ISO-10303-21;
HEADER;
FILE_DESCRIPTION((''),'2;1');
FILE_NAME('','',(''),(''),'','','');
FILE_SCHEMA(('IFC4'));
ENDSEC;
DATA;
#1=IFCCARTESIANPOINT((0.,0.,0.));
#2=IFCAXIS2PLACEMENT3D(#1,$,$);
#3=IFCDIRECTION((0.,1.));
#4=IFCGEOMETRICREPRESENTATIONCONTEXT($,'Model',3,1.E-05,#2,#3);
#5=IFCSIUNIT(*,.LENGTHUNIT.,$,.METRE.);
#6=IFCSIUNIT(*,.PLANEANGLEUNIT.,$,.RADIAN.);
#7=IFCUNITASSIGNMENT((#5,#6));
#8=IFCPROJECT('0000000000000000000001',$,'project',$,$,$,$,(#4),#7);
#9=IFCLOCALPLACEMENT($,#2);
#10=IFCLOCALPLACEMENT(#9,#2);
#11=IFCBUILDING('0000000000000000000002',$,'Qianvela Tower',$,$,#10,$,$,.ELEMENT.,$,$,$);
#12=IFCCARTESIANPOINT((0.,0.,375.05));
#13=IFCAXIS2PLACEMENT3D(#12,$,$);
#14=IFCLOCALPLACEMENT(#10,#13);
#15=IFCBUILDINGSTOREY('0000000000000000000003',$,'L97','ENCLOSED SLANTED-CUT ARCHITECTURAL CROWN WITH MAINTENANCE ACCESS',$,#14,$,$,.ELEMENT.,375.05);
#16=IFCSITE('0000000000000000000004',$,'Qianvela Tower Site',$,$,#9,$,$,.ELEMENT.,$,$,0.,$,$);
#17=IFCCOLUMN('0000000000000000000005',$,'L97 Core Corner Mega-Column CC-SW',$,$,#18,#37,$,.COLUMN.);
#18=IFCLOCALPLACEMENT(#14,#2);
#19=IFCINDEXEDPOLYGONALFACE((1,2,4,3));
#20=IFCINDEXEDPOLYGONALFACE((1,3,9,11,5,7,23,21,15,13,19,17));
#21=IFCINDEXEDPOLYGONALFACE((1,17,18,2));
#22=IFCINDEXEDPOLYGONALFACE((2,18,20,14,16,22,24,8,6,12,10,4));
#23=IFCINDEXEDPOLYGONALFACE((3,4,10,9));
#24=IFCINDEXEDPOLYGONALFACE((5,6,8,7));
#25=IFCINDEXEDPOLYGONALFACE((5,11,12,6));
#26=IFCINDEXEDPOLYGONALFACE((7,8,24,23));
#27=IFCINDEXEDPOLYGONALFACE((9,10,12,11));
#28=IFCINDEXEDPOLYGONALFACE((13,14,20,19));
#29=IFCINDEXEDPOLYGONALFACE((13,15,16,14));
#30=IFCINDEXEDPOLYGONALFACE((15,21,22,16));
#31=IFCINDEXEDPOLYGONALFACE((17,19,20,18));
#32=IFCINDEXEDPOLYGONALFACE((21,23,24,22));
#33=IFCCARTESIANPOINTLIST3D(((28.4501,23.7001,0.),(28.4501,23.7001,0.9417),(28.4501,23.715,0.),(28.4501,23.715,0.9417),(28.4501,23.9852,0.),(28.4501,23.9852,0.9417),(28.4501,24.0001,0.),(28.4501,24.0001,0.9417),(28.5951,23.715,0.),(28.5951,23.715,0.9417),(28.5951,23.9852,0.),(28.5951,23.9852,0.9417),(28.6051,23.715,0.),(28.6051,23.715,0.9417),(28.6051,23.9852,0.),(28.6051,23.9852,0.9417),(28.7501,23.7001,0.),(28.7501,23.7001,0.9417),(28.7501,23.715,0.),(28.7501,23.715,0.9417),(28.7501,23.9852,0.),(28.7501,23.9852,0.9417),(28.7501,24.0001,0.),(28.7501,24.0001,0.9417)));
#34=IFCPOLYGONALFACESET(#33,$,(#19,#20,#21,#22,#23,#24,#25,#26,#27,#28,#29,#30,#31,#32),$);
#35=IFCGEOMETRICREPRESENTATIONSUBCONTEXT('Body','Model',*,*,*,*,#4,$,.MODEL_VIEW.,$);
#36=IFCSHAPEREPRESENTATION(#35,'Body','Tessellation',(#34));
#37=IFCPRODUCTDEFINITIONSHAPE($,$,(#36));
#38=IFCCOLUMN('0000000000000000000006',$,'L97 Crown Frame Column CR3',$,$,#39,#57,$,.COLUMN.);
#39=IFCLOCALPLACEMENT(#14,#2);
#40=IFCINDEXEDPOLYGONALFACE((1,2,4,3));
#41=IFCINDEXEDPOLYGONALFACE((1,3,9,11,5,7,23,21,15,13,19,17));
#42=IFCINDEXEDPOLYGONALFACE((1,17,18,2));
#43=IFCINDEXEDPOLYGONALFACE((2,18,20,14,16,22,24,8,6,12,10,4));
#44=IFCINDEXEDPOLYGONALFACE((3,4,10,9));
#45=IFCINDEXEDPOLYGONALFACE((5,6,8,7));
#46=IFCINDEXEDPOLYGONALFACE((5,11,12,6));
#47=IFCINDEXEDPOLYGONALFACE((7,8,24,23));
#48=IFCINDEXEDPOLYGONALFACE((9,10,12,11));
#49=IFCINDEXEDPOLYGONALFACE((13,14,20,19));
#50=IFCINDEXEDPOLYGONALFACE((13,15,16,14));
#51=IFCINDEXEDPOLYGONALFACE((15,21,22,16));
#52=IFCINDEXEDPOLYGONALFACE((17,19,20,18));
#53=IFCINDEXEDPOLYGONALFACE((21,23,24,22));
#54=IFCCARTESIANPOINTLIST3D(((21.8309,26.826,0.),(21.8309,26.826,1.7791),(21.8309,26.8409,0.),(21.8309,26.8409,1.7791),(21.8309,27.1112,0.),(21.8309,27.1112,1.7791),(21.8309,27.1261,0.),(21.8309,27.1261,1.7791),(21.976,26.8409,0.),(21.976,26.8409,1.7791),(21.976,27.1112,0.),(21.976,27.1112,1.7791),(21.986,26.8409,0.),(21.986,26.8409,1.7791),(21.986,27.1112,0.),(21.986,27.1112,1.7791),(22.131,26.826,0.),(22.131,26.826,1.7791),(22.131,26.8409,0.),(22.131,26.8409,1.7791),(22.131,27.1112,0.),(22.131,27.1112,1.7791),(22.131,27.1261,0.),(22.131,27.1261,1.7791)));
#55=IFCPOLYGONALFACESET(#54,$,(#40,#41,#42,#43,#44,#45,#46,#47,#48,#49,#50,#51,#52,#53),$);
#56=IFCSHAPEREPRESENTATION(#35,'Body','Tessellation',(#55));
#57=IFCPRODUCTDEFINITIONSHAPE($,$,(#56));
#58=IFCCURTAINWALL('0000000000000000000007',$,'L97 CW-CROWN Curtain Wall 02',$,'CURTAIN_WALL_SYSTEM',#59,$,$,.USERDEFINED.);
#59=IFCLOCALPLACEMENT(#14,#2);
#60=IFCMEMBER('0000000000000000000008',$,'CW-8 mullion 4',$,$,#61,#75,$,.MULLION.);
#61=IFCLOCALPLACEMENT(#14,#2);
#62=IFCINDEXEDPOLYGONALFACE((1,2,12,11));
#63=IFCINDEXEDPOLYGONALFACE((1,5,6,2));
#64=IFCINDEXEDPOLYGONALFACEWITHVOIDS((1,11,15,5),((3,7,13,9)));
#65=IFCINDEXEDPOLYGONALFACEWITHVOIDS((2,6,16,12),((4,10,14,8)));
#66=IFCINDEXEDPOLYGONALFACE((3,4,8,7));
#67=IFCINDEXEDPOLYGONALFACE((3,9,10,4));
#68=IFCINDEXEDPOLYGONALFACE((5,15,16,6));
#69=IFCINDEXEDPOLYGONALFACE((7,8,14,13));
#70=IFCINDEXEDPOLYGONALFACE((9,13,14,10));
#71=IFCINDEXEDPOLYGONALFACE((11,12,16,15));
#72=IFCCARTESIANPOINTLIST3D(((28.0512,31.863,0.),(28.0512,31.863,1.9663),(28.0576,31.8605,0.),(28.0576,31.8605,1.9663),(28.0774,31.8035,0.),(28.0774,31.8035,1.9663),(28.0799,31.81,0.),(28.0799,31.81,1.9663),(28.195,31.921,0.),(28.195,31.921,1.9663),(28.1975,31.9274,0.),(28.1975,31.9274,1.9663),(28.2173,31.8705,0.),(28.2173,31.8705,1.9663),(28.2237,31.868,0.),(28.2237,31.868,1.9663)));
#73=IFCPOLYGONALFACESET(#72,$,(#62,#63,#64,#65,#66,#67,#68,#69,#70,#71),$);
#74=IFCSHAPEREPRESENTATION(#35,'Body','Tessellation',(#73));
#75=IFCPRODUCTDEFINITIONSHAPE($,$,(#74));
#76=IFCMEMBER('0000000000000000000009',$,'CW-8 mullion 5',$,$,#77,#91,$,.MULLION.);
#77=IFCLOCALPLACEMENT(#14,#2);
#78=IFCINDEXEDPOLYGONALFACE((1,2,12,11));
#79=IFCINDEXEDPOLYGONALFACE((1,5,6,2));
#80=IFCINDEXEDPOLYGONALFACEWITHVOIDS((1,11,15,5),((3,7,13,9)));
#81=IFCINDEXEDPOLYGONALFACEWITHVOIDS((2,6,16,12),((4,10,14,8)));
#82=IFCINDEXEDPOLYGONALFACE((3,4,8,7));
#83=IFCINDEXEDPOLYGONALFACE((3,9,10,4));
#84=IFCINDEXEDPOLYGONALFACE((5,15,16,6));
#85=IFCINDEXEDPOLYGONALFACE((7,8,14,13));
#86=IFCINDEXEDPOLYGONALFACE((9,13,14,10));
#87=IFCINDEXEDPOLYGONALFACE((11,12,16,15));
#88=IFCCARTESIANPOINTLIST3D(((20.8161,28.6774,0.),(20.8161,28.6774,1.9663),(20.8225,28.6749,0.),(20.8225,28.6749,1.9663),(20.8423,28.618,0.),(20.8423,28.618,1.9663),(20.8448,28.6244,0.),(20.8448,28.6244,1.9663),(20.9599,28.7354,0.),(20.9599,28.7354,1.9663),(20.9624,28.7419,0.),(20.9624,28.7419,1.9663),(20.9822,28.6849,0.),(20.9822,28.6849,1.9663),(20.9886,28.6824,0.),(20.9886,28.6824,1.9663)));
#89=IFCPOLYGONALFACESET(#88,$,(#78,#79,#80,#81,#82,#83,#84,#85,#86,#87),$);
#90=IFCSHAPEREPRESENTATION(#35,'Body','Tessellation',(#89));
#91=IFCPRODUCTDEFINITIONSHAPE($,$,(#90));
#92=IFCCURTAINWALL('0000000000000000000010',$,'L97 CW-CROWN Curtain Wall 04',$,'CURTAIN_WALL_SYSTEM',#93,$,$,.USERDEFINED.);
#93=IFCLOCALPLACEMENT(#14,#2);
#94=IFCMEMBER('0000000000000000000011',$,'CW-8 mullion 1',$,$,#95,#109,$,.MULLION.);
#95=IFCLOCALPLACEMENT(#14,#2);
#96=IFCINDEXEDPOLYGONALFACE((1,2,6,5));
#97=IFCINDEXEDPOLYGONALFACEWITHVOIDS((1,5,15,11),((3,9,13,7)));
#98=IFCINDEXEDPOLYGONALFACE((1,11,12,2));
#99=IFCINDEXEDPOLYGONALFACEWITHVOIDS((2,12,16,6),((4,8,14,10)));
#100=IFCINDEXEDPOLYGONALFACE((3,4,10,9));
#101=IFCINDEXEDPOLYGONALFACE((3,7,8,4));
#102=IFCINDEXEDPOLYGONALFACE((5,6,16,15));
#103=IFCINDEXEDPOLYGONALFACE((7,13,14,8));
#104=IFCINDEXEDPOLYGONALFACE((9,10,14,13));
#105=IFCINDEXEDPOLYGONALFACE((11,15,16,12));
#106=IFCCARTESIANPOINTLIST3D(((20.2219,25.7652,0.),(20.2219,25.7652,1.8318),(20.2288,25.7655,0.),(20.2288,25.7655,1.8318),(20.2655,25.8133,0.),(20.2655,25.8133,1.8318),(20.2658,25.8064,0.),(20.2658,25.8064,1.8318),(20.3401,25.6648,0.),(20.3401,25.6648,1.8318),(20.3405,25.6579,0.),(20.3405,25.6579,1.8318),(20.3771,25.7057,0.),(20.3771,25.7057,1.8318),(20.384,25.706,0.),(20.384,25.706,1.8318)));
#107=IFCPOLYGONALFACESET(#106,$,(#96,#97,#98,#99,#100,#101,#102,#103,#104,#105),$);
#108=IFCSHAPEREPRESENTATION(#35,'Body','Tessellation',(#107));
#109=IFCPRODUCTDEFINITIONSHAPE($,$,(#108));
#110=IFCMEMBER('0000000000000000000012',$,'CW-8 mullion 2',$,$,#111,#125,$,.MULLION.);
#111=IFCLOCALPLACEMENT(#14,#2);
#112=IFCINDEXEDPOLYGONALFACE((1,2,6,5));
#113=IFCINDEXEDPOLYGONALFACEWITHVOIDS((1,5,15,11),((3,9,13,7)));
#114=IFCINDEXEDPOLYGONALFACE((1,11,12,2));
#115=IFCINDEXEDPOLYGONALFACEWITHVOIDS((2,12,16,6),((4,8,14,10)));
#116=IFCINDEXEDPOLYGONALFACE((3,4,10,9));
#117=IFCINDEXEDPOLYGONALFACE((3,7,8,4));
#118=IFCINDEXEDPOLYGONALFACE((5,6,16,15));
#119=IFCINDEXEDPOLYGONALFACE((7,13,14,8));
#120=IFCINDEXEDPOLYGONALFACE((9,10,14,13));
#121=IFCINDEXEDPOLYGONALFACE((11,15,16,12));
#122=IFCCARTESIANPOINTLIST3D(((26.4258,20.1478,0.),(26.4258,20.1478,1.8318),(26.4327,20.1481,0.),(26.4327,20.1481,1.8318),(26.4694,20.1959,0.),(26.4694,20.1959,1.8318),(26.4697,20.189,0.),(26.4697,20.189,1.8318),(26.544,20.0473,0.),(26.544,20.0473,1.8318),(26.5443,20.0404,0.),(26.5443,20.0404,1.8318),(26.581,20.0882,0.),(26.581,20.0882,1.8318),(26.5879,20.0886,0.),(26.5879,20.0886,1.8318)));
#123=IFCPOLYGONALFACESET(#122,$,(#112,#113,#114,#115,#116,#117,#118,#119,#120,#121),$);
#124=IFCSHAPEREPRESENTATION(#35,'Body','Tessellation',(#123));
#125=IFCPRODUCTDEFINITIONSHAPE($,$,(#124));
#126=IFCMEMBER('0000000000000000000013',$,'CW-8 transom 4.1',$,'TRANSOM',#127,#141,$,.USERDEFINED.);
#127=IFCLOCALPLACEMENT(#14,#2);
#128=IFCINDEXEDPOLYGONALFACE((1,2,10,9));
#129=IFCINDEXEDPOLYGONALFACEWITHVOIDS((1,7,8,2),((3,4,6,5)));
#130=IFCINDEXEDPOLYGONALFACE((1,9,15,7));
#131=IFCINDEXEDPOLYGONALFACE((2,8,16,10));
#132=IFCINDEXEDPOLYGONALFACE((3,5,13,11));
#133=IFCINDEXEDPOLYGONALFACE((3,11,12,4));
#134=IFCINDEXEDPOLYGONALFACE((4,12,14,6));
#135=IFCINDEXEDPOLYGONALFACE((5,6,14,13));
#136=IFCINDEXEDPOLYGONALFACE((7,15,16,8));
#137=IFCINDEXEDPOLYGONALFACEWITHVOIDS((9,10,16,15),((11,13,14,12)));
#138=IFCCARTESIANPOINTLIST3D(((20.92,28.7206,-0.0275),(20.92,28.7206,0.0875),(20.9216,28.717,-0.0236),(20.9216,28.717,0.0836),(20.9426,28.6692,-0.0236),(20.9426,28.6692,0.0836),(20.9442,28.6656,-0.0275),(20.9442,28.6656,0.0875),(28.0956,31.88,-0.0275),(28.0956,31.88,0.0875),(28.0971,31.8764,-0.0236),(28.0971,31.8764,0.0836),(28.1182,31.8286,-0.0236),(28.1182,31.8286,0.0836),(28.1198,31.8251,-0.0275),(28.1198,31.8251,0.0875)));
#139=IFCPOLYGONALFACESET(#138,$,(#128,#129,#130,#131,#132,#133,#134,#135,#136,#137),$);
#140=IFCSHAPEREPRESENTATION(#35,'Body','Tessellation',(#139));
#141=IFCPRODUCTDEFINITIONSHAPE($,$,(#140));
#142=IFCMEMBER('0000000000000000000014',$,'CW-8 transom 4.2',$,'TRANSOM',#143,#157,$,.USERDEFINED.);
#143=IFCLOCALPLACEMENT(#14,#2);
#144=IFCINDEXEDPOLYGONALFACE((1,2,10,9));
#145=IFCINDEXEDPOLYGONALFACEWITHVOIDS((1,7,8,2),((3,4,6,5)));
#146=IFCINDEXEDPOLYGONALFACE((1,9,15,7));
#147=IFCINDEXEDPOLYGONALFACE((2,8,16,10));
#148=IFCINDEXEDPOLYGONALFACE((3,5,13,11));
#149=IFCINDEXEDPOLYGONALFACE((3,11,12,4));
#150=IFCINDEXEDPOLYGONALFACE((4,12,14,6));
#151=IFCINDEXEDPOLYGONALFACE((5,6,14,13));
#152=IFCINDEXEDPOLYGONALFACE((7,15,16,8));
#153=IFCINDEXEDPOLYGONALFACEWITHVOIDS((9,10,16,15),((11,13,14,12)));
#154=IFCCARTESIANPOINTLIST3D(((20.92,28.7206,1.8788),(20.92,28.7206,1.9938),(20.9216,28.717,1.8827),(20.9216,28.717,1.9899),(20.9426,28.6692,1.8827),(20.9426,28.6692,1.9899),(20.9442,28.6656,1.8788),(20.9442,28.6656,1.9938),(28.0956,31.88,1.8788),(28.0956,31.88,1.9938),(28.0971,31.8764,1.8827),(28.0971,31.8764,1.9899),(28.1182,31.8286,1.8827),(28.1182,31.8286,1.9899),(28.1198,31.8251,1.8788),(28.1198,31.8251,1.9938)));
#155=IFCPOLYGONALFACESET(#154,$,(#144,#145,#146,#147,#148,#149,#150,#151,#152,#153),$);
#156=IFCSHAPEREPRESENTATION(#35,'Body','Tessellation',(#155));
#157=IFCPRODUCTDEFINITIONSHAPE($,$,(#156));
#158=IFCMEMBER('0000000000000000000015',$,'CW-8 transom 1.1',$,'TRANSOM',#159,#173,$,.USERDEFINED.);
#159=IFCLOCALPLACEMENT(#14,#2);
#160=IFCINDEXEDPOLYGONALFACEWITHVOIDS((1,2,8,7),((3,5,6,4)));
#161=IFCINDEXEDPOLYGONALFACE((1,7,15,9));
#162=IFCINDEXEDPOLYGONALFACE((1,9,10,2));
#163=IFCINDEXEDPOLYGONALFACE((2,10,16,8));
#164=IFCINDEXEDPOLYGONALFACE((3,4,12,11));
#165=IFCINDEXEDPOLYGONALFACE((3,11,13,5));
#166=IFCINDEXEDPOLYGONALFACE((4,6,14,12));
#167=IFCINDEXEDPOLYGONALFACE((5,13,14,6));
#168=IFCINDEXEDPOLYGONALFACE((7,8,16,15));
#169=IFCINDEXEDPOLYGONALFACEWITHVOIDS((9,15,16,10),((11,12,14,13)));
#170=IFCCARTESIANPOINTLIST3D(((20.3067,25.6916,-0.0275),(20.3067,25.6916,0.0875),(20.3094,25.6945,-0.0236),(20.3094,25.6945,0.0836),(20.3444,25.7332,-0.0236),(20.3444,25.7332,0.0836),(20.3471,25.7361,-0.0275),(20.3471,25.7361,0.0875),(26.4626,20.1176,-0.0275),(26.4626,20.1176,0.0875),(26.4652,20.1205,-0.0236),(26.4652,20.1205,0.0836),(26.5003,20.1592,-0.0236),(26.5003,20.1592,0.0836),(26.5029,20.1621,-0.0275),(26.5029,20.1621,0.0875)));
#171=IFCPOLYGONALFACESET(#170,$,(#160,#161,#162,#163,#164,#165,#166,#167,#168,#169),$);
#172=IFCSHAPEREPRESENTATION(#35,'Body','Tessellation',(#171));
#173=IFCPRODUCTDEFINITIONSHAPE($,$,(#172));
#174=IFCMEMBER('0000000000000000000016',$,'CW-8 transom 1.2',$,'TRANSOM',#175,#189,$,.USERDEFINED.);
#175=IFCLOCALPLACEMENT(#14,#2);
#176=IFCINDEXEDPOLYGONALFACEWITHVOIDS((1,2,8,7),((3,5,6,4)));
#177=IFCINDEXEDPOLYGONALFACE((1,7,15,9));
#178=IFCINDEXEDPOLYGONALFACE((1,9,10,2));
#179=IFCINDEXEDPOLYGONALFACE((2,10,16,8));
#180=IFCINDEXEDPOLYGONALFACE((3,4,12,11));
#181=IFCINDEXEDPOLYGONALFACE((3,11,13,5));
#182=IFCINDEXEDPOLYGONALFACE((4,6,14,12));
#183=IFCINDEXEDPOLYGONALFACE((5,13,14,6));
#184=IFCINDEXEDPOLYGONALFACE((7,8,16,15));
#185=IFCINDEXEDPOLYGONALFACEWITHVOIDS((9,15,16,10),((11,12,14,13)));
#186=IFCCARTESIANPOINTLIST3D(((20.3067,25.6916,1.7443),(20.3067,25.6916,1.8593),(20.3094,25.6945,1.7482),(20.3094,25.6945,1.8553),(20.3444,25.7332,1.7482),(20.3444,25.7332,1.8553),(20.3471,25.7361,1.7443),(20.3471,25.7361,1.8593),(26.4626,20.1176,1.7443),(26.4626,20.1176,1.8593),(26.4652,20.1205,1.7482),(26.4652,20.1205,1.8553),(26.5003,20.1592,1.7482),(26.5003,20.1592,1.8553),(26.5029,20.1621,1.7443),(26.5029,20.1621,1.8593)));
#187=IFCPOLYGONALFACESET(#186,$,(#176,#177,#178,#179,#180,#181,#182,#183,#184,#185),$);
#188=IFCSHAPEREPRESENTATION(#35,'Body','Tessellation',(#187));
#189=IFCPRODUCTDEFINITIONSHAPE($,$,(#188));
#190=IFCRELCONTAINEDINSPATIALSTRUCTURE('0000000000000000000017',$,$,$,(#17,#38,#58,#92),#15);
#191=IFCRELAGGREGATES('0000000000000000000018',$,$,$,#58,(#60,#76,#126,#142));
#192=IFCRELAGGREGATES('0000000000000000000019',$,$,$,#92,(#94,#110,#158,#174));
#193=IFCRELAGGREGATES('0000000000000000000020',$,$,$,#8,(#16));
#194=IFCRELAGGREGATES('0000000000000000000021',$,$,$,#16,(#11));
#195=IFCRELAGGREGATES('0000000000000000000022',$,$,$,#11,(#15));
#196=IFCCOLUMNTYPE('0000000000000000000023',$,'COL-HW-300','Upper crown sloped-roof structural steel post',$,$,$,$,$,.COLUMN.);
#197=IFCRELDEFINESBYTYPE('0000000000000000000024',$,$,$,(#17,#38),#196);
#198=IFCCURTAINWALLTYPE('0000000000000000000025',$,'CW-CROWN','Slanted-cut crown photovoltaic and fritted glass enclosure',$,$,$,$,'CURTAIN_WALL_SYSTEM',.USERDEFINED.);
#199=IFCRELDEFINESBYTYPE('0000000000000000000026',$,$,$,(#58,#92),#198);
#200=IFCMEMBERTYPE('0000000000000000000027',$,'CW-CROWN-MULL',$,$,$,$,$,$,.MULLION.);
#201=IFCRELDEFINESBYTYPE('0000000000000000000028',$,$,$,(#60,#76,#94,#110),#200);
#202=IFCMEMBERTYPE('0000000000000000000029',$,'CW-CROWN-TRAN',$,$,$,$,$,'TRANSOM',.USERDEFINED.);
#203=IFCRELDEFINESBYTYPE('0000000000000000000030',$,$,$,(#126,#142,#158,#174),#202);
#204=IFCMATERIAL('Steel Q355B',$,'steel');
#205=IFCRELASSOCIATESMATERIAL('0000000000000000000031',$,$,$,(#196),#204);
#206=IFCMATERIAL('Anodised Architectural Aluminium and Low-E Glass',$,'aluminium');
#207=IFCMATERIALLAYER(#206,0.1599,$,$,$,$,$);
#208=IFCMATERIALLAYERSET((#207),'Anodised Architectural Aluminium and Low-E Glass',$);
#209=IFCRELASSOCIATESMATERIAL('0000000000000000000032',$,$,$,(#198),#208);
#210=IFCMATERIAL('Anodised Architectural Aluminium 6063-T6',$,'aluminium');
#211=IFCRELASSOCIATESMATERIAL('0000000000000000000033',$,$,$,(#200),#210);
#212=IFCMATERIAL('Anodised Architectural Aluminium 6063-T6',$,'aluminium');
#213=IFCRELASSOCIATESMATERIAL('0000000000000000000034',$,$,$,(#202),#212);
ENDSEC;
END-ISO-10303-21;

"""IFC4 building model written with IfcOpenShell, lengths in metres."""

from ifc_helpers import new_model, si_unit, direction, frame, origin, origin_2d, place, context, subcontext, project, spatial, hollow_rectangle, i_section, extrude, material, layer, layer_set, material_profile, profile_set, type_object, element, aggregate, save


model = new_model("IFC4")

# Units and contexts
model_context = context("Model", 3, precision=1e-05, world=origin(), true_north=direction((0.0, 1.0)))
body_context = subcontext(model_context, "Body", "Model", "MODEL_VIEW")
ifc_project = project(units=[si_unit("LENGTHUNIT", "METRE"), si_unit("PLANEANGLEUNIT", "RADIAN")], contexts=[model_context])

# Site, building, storey
site_placement = place(None, origin())
site = spatial("IfcSite", under=ifc_project, at=site_placement, Name="Qianvela Tower Site", CompositionType="ELEMENT", RefElevation=0.0)
building_placement = place(site_placement, origin())
building = spatial("IfcBuilding", under=site, at=building_placement, Name="Qianvela Tower", CompositionType="ELEMENT")
storey_placement = place(building_placement, frame((0.0, 0.0, 375.05)))
storey = spatial("IfcBuildingStorey", under=building, at=storey_placement, Name="L97", Description="ENCLOSED SLANTED-CUT ARCHITECTURAL CROWN WITH MAINTENANCE ACCESS", CompositionType="ELEMENT", Elevation=375.05)

# Columns
ifc_material_1 = material(Name="Steel Q355B", Category="steel")
ifc_material_profile_1 = material_profile(ifc_material_1, i_section(OverallWidth=0.3, OverallDepth=0.3, WebThickness=0.01, FlangeThickness=0.0149, at=origin_2d()), Name="HW300x300x10x15")
ifc_profile_set_1 = profile_set([ifc_material_profile_1], Name="Steel Q355B")
column_type = type_object("IfcColumnType", Name="COL-HW-300", Description="Upper crown sloped-roof structural steel post", PredefinedType="COLUMN", material=ifc_profile_set_1)
column_1_placement = place(storey_placement, frame((28.6001, 23.8501, 0.0), z_axis=(0.0, 0.0, 1.0), x_axis=(1.0, 0.0, 0.0)))
element("IfcColumn", 1, at=column_1_placement, inside=storey, type_object=column_type, Name="L97 Core Corner Mega-Column CC-SW", PredefinedType="COLUMN", context=body_context, shape_type="SweptSolid", body=[
    extrude(i_section(OverallWidth=0.3, OverallDepth=0.3, WebThickness=0.01, FlangeThickness=0.0149, at=origin_2d()), origin(), (0.0, 0.0, 1.0), 0.9417),
])
column_2_placement = place(storey_placement, frame((21.981, 26.9761, 0.0), z_axis=(0.0, 0.0, 1.0), x_axis=(1.0, 0.0, 0.0)))
element("IfcColumn", 2, at=column_2_placement, inside=storey, type_object=column_type, Name="L97 Crown Frame Column CR3", PredefinedType="COLUMN", context=body_context, shape_type="SweptSolid", body=[
    extrude(i_section(OverallWidth=0.3, OverallDepth=0.3, WebThickness=0.01, FlangeThickness=0.0149, at=origin_2d()), origin(), (0.0, 0.0, 1.0), 1.7791),
])

# Curtain walls, members
ifc_material_2 = material(Name="Anodised Architectural Aluminium and Low-E Glass", Category="aluminium")
ifc_layer_1 = layer(ifc_material_2, 0.1599)
ifc_layer_set_1 = layer_set([ifc_layer_1], Name="Anodised Architectural Aluminium and Low-E Glass")
curtain_wall_type = type_object("IfcCurtainWallType", Name="CW-CROWN", Description="Slanted-cut crown photovoltaic and fritted glass enclosure", ElementType="CURTAIN_WALL_SYSTEM", PredefinedType="USERDEFINED", material=ifc_layer_set_1)
curtain_wall_1_placement = place(storey_placement, origin())
curtain_wall_1 = element("IfcCurtainWall", 3, at=curtain_wall_1_placement, inside=storey, type_object=curtain_wall_type, Name="L97 CW-CROWN Curtain Wall 02", ObjectType="CURTAIN_WALL_SYSTEM", PredefinedType="USERDEFINED")
ifc_material_3 = material(Name="Anodised Architectural Aluminium 6063-T6", Category="aluminium")
ifc_material_profile_2 = material_profile(ifc_material_3, hollow_rectangle(XDim=0.0649, YDim=0.1599, WallThickness=0.0049, at=origin_2d()), Name="ALU-MULL-65x160")
ifc_profile_set_2 = profile_set([ifc_material_profile_2], Name="Anodised Architectural Aluminium 6063-T6")
member_type_1 = type_object("IfcMemberType", Name="CW-CROWN-MULL", PredefinedType="MULLION", material=ifc_profile_set_2)
member_1_placement = place(storey_placement, frame((28.1375, 31.8655, 0.0), z_axis=(0.0, 0.0, 1.0), x_axis=(0.402977, -0.91521, 0.0)))
member_1 = element("IfcMember", 4, at=member_1_placement, type_object=member_type_1, Name="CW-8 mullion 4", PredefinedType="MULLION", context=body_context, shape_type="SweptSolid", body=[
    extrude(hollow_rectangle(XDim=0.0649, YDim=0.1599, WallThickness=0.0049, at=origin_2d()), origin(), (0.0, 0.0, 1.0), 1.9663),
])
member_2_placement = place(storey_placement, frame((20.9023, 28.6799, 0.0), z_axis=(0.0, 0.0, 1.0), x_axis=(0.402977, -0.91521, 0.0)))
member_2 = element("IfcMember", 5, at=member_2_placement, type_object=member_type_1, Name="CW-8 mullion 5", PredefinedType="MULLION", context=body_context, shape_type="SweptSolid", body=[
    extrude(hollow_rectangle(XDim=0.0649, YDim=0.1599, WallThickness=0.0049, at=origin_2d()), origin(), (0.0, 0.0, 1.0), 1.9663),
])
curtain_wall_2_placement = place(storey_placement, origin())
curtain_wall_2 = element("IfcCurtainWall", 6, at=curtain_wall_2_placement, inside=storey, type_object=curtain_wall_type, Name="L97 CW-CROWN Curtain Wall 04", ObjectType="CURTAIN_WALL_SYSTEM", PredefinedType="USERDEFINED")
member_3_placement = place(storey_placement, frame((20.303, 25.7356, 0.0), z_axis=(0.0, 0.0, 1.0), x_axis=(0.6712, 0.741276, 0.0)))
member_3 = element("IfcMember", 7, at=member_3_placement, type_object=member_type_1, Name="CW-8 mullion 1", PredefinedType="MULLION", context=body_context, shape_type="SweptSolid", body=[
    extrude(hollow_rectangle(XDim=0.0649, YDim=0.1599, WallThickness=0.0049, at=origin_2d()), origin(), (0.0, 0.0, 1.0), 1.8318),
])
member_4_placement = place(storey_placement, frame((26.5068, 20.1182, 0.0), z_axis=(0.0, 0.0, 1.0), x_axis=(0.6712, 0.741276, 0.0)))
member_4 = element("IfcMember", 8, at=member_4_placement, type_object=member_type_1, Name="CW-8 mullion 2", PredefinedType="MULLION", context=body_context, shape_type="SweptSolid", body=[
    extrude(hollow_rectangle(XDim=0.0649, YDim=0.1599, WallThickness=0.0049, at=origin_2d()), origin(), (0.0, 0.0, 1.0), 1.8318),
])

# Members
ifc_material_4 = material(Name="Anodised Architectural Aluminium 6063-T6", Category="aluminium")
ifc_material_profile_3 = material_profile(ifc_material_4, hollow_rectangle(XDim=0.0601, YDim=0.115, WallThickness=0.0039, at=origin_2d()), Name="ALU-TRAN-60x115")
ifc_profile_set_3 = profile_set([ifc_material_profile_3], Name="Anodised Architectural Aluminium 6063-T6")
member_type_2 = type_object("IfcMemberType", Name="CW-CROWN-TRAN", ElementType="TRANSOM", PredefinedType="USERDEFINED", material=ifc_profile_set_3)
member_5_placement = place(storey_placement, frame((28.1077, 31.8525, 0.03), z_axis=(-0.915212, -0.402972, 0.0), x_axis=(0.402972, -0.915212, 0.0)))
member_5 = element("IfcMember", 9, at=member_5_placement, type_object=member_type_2, Name="CW-8 transom 4.1", ObjectType="TRANSOM", PredefinedType="USERDEFINED", context=body_context, shape_type="SweptSolid", body=[
    extrude(hollow_rectangle(XDim=0.0601, YDim=0.115, WallThickness=0.0039, at=origin_2d()), origin(), (0.0, 0.0, 1.0), 7.8403),
])
member_6_placement = place(storey_placement, frame((28.1077, 31.8525, 1.9363), z_axis=(-0.915212, -0.402972, 0.0), x_axis=(0.402972, -0.915212, 0.0)))
member_6 = element("IfcMember", 10, at=member_6_placement, type_object=member_type_2, Name="CW-8 transom 4.2", ObjectType="TRANSOM", PredefinedType="USERDEFINED", context=body_context, shape_type="SweptSolid", body=[
    extrude(hollow_rectangle(XDim=0.0601, YDim=0.115, WallThickness=0.0039, at=origin_2d()), origin(), (0.0, 0.0, 1.0), 7.8403),
])
member_7_placement = place(storey_placement, frame((20.3269, 25.7139, 0.03), z_axis=(0.741268, -0.67121, 0.0), x_axis=(0.67121, 0.741268, 0.0)))
member_7 = element("IfcMember", 11, at=member_7_placement, type_object=member_type_2, Name="CW-8 transom 1.1", ObjectType="TRANSOM", PredefinedType="USERDEFINED", context=body_context, shape_type="SweptSolid", body=[
    extrude(hollow_rectangle(XDim=0.0601, YDim=0.115, WallThickness=0.0039, at=origin_2d()), origin(), (0.0, 0.0, 1.0), 8.3044),
])
member_8_placement = place(storey_placement, frame((20.3269, 25.7139, 1.8018), z_axis=(0.741268, -0.67121, 0.0), x_axis=(0.67121, 0.741268, 0.0)))
member_8 = element("IfcMember", 12, at=member_8_placement, type_object=member_type_2, Name="CW-8 transom 1.2", ObjectType="TRANSOM", PredefinedType="USERDEFINED", context=body_context, shape_type="SweptSolid", body=[
    extrude(hollow_rectangle(XDim=0.0601, YDim=0.115, WallThickness=0.0039, at=origin_2d()), origin(), (0.0, 0.0, 1.0), 8.3044),
])

aggregate(curtain_wall_1, [member_1, member_2, member_5, member_6])
aggregate(curtain_wall_2, [member_3, member_4, member_7, member_8])

save(model, "model.ifc")
